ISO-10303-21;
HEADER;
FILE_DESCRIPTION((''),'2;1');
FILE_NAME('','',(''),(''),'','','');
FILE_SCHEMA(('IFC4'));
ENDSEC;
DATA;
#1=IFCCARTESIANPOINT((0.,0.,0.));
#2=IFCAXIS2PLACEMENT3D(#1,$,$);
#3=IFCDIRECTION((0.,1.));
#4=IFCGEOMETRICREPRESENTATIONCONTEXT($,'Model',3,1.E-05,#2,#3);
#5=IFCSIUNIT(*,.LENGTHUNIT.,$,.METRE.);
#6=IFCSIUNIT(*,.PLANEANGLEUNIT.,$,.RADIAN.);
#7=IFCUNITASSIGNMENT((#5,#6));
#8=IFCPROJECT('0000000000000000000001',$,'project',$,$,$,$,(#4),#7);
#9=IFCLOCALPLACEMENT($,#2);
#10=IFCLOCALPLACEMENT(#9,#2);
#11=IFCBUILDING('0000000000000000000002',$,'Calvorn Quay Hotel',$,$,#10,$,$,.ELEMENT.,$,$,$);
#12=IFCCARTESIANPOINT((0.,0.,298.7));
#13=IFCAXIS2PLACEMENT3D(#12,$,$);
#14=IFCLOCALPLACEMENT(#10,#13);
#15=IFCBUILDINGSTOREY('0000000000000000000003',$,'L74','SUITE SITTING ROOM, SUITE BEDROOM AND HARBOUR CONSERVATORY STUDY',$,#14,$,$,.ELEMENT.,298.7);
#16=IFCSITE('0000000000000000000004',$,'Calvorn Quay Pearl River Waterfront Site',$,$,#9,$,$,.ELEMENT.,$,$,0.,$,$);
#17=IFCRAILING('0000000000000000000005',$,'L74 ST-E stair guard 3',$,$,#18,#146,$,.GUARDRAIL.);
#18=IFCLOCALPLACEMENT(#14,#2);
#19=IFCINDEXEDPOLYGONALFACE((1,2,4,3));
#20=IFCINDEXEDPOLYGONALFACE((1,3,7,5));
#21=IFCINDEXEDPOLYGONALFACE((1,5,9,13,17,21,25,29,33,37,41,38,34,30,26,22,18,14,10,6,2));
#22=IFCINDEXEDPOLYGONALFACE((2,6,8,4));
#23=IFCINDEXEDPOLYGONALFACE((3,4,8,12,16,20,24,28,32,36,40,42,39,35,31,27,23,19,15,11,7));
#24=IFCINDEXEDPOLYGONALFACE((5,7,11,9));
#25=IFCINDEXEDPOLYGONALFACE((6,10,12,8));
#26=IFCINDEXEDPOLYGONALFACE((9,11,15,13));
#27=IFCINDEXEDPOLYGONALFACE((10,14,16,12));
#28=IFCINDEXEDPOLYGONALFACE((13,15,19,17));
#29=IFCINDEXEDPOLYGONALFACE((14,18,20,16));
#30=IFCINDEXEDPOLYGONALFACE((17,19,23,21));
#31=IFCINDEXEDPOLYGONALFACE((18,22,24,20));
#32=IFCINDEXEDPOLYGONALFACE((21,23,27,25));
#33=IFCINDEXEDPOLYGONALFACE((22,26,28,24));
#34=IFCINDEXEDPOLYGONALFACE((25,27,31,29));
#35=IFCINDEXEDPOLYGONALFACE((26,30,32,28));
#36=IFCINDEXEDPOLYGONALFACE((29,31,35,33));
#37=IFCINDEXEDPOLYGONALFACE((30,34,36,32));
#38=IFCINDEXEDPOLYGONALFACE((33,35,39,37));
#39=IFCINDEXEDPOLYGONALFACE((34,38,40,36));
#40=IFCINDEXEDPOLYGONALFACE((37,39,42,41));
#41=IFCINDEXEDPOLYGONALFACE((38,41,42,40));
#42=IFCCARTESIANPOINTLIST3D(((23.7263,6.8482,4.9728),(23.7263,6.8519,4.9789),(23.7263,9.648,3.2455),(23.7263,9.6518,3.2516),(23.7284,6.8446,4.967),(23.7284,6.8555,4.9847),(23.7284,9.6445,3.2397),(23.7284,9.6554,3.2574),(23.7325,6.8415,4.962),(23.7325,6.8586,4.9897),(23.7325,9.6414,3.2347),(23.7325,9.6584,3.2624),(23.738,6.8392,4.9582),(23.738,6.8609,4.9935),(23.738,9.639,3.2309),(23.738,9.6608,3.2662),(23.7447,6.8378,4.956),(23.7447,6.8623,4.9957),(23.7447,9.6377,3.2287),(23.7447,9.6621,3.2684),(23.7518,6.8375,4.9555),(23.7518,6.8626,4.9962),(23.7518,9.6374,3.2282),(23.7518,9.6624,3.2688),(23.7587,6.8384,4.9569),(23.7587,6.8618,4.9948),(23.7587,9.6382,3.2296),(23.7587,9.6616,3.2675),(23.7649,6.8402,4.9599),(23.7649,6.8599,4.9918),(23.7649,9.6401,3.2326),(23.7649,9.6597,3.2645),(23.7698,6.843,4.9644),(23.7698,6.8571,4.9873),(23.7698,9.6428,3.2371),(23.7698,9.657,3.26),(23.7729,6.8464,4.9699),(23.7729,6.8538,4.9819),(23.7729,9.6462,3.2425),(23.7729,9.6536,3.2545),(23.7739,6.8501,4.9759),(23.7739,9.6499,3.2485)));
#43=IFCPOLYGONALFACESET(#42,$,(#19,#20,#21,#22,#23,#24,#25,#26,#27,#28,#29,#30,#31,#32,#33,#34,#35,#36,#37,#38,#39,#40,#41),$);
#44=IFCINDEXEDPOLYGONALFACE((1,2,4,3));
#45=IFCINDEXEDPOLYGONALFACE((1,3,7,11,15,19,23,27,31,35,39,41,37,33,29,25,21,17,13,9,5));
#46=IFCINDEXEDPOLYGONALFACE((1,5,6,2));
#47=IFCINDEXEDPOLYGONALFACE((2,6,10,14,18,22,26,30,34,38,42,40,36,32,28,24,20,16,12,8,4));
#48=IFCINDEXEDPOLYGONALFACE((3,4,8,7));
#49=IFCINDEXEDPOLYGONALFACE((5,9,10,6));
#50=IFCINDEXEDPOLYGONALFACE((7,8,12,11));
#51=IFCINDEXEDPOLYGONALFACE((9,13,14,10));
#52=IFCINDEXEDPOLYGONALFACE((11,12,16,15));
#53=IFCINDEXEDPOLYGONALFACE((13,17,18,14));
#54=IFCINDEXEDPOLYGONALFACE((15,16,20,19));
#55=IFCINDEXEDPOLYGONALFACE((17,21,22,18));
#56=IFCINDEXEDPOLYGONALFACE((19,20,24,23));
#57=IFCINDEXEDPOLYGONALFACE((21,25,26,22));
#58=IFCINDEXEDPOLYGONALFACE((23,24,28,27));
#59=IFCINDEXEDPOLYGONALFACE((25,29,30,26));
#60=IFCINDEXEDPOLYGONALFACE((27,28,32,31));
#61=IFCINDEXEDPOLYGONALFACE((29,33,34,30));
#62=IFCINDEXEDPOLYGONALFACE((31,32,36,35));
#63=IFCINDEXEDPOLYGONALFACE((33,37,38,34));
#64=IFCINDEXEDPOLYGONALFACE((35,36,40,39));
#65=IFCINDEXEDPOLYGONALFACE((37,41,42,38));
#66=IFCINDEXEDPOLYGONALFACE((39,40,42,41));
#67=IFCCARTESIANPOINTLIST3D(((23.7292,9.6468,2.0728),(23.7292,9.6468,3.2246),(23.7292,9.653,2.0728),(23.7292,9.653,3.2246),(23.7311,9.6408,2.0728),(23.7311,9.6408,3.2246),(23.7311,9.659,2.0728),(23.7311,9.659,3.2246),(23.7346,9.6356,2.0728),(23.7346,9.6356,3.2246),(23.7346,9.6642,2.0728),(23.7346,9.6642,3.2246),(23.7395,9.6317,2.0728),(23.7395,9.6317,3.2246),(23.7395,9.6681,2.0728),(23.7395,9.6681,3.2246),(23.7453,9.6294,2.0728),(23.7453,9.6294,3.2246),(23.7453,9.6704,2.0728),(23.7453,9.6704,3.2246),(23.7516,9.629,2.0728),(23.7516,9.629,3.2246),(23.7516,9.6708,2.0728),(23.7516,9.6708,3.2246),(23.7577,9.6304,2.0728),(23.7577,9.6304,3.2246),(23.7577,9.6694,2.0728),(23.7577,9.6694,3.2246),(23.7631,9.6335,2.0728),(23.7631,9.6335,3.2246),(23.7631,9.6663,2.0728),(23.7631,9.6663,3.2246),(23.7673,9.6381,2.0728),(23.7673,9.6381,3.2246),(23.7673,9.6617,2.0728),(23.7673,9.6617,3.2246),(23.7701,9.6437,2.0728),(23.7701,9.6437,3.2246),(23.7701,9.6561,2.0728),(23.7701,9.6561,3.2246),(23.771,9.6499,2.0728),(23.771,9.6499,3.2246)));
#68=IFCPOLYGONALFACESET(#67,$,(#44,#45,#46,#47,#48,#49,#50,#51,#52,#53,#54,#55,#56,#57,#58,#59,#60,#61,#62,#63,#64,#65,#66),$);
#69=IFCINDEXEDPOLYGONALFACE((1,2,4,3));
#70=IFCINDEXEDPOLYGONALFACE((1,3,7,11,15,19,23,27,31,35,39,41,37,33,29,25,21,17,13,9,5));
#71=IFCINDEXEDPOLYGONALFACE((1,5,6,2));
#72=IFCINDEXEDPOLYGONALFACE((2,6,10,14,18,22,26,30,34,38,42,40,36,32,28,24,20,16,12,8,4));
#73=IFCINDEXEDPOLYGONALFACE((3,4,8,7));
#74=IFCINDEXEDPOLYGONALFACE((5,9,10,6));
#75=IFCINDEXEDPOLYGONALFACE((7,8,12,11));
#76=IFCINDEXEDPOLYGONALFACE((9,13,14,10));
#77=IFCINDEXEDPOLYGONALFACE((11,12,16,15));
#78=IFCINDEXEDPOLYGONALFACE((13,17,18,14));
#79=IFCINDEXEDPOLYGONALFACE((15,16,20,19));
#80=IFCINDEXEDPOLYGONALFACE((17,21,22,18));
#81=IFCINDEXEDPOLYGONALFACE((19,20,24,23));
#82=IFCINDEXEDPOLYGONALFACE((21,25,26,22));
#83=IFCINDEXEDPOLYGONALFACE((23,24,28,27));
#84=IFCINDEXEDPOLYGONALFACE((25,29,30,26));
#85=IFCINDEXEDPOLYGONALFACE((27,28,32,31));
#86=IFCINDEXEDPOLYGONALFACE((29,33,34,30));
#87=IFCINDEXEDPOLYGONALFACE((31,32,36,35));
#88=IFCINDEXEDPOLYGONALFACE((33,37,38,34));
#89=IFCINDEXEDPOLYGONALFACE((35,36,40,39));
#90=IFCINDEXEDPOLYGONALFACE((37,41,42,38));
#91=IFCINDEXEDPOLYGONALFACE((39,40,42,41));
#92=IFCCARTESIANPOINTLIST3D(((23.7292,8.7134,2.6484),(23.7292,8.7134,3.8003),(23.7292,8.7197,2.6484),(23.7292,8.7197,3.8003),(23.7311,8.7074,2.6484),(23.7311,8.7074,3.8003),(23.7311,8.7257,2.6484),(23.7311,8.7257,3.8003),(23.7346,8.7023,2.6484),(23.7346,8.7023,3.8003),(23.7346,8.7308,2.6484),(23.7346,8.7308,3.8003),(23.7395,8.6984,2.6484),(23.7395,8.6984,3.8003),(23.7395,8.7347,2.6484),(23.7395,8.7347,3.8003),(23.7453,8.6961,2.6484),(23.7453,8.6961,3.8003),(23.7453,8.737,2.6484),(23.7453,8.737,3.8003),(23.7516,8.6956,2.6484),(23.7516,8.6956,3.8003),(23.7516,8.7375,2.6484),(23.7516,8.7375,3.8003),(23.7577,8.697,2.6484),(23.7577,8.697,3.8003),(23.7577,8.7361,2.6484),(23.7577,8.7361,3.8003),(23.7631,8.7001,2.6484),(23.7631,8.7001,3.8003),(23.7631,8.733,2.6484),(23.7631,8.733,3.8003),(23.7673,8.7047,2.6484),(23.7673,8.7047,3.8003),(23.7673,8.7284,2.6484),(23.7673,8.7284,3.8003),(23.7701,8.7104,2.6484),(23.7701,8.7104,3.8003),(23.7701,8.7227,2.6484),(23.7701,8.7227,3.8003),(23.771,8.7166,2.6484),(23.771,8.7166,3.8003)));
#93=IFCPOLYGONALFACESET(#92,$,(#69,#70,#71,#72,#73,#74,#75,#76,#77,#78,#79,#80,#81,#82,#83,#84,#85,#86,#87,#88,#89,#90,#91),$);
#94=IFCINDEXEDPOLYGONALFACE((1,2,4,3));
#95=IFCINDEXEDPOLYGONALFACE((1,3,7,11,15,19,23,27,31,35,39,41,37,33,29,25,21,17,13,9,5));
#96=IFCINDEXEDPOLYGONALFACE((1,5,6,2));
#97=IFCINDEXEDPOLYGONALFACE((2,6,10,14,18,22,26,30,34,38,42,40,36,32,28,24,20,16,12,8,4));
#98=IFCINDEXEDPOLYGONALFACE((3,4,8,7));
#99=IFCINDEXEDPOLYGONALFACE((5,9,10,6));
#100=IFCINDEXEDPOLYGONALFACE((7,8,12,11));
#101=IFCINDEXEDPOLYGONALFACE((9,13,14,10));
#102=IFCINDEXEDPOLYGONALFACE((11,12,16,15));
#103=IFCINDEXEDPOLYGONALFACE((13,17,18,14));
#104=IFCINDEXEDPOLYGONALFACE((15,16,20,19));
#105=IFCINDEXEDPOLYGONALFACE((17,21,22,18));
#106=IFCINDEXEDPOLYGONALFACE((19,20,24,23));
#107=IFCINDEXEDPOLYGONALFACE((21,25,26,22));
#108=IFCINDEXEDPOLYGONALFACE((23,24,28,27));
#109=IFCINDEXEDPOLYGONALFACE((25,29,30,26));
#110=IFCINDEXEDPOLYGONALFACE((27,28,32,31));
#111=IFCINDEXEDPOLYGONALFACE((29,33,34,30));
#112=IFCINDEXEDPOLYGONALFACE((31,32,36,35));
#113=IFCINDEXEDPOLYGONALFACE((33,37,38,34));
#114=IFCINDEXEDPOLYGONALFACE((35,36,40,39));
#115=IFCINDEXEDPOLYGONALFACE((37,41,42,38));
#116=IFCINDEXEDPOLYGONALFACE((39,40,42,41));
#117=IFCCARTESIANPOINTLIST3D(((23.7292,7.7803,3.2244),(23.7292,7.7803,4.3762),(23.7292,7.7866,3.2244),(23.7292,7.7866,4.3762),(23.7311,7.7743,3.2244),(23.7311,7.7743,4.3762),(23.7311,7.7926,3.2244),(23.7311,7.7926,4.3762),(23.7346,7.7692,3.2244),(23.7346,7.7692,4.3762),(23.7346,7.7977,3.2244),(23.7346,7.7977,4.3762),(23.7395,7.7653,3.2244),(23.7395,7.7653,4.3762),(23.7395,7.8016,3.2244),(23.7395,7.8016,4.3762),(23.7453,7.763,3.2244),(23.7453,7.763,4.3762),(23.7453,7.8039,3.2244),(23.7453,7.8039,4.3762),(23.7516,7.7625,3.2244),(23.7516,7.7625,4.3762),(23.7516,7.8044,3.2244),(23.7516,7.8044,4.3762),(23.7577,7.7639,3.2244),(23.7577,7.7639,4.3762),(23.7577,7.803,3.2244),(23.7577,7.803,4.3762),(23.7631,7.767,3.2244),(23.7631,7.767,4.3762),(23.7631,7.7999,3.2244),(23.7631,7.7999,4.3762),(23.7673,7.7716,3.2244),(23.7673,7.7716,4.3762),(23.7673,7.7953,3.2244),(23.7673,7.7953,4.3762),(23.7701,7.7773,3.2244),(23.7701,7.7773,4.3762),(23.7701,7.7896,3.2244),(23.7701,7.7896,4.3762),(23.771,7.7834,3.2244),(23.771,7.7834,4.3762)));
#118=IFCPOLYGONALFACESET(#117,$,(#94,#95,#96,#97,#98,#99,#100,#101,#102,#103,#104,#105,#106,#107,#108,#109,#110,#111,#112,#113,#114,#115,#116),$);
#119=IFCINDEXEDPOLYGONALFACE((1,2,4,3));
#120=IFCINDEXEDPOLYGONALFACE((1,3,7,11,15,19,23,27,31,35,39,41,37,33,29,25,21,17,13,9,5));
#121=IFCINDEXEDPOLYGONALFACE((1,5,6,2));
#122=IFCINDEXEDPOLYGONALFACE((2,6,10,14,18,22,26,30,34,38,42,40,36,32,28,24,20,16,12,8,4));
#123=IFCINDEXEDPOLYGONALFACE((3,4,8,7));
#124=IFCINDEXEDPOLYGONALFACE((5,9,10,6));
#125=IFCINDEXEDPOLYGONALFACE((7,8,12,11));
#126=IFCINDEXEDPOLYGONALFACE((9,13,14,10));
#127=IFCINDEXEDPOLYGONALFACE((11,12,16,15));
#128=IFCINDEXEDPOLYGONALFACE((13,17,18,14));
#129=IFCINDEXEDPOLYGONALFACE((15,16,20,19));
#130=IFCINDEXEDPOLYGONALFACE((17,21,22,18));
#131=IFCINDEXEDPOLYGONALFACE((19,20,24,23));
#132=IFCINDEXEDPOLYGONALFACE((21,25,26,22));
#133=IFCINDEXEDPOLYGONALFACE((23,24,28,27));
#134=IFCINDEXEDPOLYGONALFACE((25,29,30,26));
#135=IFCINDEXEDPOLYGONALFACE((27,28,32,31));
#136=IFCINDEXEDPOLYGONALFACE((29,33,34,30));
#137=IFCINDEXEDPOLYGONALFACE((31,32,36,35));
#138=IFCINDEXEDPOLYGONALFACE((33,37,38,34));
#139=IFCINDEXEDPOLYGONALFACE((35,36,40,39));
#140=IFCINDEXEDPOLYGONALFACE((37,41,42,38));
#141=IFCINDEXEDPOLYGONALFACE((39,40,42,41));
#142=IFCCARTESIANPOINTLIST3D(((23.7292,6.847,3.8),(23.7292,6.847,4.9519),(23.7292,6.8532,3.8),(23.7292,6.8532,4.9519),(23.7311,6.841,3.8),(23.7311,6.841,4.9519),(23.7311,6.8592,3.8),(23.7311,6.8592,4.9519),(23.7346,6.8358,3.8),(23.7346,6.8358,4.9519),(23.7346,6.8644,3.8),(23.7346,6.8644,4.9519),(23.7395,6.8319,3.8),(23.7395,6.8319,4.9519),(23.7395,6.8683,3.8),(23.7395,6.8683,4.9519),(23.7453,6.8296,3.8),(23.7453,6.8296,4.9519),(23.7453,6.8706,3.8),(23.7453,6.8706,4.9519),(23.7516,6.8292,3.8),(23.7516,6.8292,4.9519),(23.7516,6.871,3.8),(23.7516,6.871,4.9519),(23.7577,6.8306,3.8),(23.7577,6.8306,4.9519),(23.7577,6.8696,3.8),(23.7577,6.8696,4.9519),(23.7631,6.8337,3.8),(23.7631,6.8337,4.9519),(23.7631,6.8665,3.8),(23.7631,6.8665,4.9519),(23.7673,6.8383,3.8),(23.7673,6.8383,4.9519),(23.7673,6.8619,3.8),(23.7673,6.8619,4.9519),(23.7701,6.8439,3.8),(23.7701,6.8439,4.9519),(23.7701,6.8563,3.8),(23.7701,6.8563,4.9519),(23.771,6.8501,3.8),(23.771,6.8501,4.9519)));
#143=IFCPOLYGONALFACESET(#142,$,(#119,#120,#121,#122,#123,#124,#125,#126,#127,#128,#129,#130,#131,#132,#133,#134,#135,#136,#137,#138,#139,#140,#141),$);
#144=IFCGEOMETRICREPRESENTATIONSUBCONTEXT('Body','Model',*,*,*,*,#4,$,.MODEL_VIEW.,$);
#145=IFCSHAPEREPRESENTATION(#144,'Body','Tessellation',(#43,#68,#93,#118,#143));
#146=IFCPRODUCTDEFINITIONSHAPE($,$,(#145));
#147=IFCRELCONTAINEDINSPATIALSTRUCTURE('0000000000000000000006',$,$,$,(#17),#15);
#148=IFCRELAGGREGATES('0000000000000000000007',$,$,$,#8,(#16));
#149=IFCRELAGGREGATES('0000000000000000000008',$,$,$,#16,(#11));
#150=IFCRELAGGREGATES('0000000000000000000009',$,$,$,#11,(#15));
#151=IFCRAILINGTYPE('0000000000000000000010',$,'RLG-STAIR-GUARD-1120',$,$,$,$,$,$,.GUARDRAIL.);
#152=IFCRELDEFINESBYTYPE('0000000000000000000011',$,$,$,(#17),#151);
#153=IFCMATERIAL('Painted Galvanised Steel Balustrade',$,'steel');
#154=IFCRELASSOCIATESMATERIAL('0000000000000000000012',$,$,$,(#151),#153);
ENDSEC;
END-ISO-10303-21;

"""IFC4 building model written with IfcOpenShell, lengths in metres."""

from ifc_helpers import new_model, si_unit, direction, frame, origin, origin_2d, place, context, subcontext, project, spatial, circle, extrude, material, type_object, element, save


model = new_model("IFC4")

# Units and contexts
model_context = context("Model", 3, precision=1e-05, world=origin(), true_north=direction((0.0, 1.0)))
body_context = subcontext(model_context, "Body", "Model", "MODEL_VIEW")
ifc_project = project(units=[si_unit("LENGTHUNIT", "METRE"), si_unit("PLANEANGLEUNIT", "RADIAN")], contexts=[model_context])

# Site, building, storey
site_placement = place(None, origin())
site = spatial("IfcSite", under=ifc_project, at=site_placement, Name="Calvorn Quay Pearl River Waterfront Site", CompositionType="ELEMENT", RefElevation=0.0)
building_placement = place(site_placement, origin())
building = spatial("IfcBuilding", under=site, at=building_placement, Name="Calvorn Quay Hotel", CompositionType="ELEMENT")
storey_placement = place(building_placement, frame((0.0, 0.0, 298.7)))
storey = spatial("IfcBuildingStorey", under=building, at=storey_placement, Name="L74", Description="SUITE SITTING ROOM, SUITE BEDROOM AND HARBOUR CONSERVATORY STUDY", CompositionType="ELEMENT", Elevation=298.7)

# Railing
ifc_material_1 = material(Name="Painted Galvanised Steel Balustrade", Category="steel")
railing_type_1 = type_object("IfcRailingType", Name="RLG-STAIR-GUARD-1120", PredefinedType="GUARDRAIL", material=ifc_material_1)
railing_1_placement = place(storey_placement, frame((23.75, 9.6499, 2.0728)))
element("IfcRailing", 1, at=railing_1_placement, inside=storey, type_object=railing_type_1, Name="L74 ST-E stair guard 3", PredefinedType="GUARDRAIL", context=body_context, shape_type="SweptSolid", body=[
    extrude(circle(Radius=0.0239, at=origin_2d()), frame((0.0, 0.0, 1.1758), z_axis=(0.0, -0.851069, 0.525054), x_axis=(1.0, 0.0, 0.0)), (0.0, 0.0, 1.0), 3.2898),
    extrude(circle(Radius=0.021, at=origin_2d()), origin(), (0.0, 0.0, 1.0), 1.1519),
    extrude(circle(Radius=0.021, at=origin_2d()), frame((0.0, -0.9333, 0.5757)), (0.0, 0.0, 1.0), 1.1519),
    extrude(circle(Radius=0.021, at=origin_2d()), frame((0.0, -1.8665, 1.1516)), (0.0, 0.0, 1.0), 1.1519),
    extrude(circle(Radius=0.021, at=origin_2d()), frame((0.0, -2.7998, 1.7273)), (0.0, 0.0, 1.0), 1.1519),
])

save(model, "model.ifc")
